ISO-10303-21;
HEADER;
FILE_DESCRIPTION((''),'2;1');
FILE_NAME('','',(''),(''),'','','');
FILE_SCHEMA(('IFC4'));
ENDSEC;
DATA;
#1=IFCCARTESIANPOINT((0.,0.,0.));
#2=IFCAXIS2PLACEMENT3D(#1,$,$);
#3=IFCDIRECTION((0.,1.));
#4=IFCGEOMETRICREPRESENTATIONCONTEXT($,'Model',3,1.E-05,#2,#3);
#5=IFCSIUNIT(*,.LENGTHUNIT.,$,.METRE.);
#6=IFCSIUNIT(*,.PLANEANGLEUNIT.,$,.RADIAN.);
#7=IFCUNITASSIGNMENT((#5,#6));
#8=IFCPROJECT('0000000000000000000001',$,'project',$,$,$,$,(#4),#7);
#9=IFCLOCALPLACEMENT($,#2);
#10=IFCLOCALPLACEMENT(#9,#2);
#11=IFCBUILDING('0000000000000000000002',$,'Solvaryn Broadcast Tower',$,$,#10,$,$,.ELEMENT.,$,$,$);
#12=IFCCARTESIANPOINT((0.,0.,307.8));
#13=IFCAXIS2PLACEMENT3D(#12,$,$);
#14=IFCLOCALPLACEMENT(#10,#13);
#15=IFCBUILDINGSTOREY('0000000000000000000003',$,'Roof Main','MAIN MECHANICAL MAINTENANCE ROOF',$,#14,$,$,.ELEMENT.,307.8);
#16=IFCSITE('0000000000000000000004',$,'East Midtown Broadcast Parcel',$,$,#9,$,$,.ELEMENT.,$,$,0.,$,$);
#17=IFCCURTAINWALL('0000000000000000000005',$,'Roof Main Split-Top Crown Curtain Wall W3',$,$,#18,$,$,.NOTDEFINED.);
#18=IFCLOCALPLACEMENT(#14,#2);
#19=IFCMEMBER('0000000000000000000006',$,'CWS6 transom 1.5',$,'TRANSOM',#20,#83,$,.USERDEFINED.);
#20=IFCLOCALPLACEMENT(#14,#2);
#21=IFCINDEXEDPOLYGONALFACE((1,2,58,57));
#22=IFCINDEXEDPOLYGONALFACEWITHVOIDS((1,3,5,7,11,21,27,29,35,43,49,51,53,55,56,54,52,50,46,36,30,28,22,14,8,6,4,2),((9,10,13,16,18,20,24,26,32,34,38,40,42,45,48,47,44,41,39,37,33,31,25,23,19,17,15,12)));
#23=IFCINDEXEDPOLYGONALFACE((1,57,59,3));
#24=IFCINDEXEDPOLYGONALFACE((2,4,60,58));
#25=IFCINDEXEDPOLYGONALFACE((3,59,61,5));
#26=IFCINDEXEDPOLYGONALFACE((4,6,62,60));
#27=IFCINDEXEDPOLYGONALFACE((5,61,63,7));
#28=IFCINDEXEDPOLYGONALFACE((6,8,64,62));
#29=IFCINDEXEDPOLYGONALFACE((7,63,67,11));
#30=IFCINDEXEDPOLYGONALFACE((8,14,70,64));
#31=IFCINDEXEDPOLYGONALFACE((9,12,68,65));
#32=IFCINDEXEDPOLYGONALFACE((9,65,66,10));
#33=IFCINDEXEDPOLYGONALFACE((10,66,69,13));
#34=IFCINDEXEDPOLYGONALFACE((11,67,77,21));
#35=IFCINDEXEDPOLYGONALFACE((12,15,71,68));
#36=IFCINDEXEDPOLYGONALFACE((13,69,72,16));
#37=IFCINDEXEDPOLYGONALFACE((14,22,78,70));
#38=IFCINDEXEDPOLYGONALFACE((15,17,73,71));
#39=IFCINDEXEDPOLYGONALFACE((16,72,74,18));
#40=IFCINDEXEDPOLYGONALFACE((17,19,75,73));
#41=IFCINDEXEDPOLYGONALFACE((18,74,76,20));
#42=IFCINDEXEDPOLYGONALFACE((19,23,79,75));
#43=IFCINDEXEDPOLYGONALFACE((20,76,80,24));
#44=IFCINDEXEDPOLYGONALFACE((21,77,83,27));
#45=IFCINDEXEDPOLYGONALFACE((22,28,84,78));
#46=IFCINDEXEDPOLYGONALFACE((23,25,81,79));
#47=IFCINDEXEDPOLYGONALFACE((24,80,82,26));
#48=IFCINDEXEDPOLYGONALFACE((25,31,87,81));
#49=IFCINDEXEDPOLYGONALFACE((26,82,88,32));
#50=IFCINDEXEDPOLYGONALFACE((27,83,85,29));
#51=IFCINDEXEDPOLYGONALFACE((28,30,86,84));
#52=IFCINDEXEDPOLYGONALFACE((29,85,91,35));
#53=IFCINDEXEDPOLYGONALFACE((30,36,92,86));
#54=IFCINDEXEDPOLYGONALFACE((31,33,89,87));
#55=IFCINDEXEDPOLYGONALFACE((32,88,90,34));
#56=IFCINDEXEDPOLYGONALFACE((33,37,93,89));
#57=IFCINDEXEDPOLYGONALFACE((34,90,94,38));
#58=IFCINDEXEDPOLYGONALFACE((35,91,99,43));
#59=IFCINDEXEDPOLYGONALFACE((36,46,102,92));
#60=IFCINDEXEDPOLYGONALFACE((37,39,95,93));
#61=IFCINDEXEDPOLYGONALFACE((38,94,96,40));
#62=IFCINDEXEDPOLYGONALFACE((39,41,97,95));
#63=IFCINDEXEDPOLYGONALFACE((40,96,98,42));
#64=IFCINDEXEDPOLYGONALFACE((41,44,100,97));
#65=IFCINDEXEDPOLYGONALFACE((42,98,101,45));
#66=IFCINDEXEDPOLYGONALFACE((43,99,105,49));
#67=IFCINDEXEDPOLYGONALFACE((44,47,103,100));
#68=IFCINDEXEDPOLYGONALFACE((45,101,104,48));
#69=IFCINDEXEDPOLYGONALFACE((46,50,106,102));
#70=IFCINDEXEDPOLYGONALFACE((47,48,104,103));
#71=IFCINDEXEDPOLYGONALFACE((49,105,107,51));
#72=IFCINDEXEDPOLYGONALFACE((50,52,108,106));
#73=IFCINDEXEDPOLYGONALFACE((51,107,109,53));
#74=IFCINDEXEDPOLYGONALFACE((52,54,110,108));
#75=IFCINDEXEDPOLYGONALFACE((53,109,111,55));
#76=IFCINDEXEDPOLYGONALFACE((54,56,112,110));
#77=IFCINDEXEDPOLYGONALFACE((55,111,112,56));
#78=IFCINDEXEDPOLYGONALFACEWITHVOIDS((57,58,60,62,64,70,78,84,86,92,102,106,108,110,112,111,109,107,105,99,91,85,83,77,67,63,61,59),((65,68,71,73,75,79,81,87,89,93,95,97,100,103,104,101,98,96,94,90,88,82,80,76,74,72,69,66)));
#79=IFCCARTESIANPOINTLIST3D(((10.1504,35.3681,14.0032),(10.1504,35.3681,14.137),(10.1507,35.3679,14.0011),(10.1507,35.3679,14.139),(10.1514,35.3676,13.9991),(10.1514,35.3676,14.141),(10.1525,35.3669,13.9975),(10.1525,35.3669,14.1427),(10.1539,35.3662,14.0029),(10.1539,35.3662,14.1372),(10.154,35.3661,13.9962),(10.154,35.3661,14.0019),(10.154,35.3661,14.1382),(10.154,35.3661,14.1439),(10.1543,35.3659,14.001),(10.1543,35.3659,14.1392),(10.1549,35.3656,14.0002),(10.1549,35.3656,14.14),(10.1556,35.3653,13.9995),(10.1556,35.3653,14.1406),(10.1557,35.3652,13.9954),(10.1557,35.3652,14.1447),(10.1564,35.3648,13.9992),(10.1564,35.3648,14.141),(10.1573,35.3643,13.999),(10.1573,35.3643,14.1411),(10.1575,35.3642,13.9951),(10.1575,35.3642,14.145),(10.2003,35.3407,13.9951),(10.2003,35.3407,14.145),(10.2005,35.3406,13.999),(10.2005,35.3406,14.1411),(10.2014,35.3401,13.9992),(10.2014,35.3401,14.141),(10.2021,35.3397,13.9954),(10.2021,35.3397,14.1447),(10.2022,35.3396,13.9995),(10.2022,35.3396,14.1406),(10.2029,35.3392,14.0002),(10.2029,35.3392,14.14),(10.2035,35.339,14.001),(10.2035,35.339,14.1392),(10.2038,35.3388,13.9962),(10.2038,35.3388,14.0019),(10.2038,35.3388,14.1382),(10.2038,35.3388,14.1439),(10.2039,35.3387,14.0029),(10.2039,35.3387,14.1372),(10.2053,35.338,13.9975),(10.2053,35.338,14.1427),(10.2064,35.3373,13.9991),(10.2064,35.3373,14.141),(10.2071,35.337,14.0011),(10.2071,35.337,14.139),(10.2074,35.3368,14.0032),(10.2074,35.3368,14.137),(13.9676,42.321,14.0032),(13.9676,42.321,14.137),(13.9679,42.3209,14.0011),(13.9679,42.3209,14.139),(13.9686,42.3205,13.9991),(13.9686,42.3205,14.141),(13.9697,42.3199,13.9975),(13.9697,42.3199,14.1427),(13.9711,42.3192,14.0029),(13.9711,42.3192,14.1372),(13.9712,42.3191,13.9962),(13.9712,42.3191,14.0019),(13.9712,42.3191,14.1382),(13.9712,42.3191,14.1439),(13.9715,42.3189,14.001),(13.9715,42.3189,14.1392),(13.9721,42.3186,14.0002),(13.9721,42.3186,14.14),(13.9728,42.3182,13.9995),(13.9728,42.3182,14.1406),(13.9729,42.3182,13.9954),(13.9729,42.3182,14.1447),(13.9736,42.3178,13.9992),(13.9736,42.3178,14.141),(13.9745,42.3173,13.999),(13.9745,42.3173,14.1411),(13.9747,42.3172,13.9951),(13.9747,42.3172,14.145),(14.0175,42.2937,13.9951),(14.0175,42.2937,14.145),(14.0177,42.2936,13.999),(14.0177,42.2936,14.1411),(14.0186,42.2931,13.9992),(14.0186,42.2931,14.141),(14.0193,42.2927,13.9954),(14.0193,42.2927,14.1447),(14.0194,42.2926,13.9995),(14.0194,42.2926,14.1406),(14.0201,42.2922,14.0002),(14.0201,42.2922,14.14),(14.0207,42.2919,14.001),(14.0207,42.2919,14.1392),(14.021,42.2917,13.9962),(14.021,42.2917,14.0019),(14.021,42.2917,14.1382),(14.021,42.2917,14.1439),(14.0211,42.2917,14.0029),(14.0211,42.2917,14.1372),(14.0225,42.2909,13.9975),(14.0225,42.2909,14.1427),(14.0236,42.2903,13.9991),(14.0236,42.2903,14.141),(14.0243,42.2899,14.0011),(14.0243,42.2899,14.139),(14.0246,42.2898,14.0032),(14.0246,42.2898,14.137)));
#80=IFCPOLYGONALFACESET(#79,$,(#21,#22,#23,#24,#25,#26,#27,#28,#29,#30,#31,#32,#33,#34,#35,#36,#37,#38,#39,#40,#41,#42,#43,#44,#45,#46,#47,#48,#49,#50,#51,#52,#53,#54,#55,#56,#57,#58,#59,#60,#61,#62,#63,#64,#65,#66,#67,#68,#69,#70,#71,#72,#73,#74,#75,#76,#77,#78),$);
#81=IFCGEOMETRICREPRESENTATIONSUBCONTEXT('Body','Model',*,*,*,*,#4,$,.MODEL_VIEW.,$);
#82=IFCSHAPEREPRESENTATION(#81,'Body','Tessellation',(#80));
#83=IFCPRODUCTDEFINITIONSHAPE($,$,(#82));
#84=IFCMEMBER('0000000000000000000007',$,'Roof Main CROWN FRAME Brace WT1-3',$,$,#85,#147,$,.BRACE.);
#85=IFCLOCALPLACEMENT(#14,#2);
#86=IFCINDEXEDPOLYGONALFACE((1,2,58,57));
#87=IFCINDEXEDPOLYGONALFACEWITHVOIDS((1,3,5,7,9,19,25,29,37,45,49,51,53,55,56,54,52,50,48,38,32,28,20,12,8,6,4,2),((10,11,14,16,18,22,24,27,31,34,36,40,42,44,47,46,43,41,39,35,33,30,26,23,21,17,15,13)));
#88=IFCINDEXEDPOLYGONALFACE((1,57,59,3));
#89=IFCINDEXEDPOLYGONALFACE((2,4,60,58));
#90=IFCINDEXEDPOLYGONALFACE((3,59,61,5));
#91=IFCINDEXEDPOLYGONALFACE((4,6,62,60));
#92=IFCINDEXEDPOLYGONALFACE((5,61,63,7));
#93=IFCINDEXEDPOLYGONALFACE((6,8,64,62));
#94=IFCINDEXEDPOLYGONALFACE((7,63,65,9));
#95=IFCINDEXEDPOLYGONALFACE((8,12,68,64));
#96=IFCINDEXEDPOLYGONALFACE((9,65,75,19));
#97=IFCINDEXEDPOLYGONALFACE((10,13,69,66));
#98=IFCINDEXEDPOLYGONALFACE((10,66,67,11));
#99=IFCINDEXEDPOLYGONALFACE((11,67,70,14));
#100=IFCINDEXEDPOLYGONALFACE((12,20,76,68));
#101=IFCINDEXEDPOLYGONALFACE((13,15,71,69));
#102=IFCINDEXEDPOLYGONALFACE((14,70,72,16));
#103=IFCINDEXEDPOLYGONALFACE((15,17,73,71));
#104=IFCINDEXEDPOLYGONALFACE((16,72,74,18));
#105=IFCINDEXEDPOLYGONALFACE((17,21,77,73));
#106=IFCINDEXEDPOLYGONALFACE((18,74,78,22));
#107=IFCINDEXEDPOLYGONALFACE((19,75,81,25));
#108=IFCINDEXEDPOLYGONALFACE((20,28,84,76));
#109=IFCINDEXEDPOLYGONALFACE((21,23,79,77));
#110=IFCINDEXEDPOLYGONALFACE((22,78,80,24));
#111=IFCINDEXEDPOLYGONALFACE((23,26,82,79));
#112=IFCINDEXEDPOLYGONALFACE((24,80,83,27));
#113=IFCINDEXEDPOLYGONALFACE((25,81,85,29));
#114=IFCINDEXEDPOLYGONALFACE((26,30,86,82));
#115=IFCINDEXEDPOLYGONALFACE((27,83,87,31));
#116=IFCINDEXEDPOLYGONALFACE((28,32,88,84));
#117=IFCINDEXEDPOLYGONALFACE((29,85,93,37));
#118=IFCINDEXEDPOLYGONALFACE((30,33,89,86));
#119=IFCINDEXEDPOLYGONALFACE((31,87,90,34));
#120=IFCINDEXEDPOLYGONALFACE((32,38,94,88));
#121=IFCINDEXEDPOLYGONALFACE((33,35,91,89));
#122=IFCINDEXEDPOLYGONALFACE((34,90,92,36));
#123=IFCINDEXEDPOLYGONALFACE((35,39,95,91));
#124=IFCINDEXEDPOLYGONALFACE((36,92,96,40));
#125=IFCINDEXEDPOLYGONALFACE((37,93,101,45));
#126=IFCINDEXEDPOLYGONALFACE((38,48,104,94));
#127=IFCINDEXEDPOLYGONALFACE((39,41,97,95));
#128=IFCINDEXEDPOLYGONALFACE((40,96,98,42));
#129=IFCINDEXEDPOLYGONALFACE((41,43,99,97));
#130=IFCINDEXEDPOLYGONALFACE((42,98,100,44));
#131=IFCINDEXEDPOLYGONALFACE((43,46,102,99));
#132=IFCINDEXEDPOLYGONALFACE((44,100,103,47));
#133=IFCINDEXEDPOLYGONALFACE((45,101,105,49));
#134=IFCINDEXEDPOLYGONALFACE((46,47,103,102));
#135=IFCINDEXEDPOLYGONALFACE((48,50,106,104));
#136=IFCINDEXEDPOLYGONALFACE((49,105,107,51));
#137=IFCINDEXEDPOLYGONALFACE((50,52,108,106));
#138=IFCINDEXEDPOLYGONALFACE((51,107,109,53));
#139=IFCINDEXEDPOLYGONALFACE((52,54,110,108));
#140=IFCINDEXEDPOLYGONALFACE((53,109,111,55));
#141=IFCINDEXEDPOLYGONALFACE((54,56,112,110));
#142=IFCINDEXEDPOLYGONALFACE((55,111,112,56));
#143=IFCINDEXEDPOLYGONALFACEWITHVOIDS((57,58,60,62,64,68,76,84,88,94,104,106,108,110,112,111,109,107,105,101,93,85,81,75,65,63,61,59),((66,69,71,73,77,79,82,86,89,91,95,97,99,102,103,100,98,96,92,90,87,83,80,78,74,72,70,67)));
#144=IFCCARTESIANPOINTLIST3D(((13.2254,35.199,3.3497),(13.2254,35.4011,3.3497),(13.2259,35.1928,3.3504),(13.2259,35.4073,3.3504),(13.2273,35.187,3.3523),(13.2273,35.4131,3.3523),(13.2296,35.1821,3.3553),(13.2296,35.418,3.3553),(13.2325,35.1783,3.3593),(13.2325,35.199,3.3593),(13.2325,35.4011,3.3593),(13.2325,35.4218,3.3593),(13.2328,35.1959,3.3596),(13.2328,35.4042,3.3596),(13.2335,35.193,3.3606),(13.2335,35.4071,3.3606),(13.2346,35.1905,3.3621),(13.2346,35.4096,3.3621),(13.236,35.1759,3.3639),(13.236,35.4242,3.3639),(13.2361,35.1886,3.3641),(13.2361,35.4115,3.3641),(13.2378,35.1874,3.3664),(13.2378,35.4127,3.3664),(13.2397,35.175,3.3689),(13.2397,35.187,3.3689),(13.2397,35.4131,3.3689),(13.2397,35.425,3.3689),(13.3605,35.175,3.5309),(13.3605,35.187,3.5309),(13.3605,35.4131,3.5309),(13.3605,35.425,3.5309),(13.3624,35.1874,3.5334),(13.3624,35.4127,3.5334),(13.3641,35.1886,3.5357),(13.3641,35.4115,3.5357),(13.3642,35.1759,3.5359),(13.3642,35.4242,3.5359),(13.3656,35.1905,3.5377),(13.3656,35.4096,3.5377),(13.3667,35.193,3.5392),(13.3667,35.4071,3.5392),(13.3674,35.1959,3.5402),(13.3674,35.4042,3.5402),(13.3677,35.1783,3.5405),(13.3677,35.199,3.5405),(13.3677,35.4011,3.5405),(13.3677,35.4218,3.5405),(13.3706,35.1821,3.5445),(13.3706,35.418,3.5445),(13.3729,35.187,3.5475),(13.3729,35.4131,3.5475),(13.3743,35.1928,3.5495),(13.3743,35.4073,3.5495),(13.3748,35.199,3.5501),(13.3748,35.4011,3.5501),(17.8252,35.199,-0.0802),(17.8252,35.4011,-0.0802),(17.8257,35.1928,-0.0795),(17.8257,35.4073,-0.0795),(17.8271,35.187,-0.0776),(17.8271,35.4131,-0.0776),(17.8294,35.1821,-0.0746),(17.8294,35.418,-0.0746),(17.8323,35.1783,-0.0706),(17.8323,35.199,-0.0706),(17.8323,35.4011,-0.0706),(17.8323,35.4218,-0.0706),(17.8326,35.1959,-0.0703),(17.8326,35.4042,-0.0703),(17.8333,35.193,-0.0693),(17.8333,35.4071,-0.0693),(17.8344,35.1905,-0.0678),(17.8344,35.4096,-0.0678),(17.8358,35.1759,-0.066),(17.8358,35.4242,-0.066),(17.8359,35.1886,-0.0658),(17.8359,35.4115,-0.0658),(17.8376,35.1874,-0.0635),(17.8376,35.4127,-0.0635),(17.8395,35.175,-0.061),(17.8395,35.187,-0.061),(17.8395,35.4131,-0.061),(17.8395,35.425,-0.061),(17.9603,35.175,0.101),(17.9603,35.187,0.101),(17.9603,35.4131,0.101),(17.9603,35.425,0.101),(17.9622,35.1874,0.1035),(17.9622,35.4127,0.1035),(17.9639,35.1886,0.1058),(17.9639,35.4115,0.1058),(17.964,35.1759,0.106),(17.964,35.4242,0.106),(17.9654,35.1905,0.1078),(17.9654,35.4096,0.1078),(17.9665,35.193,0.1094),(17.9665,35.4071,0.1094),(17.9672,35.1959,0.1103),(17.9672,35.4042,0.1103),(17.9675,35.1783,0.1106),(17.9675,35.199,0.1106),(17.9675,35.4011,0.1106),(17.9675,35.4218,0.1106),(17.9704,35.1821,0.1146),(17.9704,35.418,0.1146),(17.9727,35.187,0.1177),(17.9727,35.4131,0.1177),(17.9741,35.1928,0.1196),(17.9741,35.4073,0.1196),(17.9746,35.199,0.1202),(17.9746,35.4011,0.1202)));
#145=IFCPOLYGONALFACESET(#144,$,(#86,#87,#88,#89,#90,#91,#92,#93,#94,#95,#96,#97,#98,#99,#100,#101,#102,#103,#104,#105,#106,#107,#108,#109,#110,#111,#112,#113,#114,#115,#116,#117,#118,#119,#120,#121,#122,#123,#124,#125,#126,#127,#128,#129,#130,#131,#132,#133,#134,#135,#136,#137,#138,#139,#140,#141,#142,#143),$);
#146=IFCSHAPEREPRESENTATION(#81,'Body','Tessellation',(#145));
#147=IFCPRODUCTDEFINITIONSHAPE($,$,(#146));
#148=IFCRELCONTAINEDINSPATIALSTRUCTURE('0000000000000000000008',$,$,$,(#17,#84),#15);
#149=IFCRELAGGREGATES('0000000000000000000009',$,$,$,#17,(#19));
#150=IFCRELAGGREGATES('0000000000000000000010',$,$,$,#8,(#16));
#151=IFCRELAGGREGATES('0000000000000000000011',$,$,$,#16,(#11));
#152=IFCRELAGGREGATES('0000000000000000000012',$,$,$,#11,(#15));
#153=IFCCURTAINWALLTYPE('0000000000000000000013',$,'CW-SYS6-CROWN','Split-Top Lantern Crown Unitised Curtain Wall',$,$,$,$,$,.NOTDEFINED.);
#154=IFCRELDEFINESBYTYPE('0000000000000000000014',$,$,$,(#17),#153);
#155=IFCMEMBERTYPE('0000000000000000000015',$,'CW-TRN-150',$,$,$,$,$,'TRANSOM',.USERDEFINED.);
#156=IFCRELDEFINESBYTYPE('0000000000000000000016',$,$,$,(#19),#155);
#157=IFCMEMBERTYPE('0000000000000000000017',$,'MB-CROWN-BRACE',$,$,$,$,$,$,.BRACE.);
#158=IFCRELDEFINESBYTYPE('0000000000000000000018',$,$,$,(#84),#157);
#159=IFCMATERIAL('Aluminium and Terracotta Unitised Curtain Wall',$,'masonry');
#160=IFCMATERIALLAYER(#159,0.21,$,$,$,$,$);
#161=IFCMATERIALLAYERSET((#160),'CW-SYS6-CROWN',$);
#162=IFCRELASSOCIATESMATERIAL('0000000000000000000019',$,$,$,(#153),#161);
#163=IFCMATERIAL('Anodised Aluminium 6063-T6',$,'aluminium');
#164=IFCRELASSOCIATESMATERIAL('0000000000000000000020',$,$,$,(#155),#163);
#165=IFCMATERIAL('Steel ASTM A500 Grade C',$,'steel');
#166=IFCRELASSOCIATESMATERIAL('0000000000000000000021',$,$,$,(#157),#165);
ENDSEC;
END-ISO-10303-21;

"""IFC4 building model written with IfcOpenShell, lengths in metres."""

from ifc_helpers import new_model, si_unit, direction, frame, origin, origin_2d, place, context, subcontext, project, spatial, hollow_rectangle, extrude, material, layer, layer_set, material_profile, profile_set, type_object, element, aggregate, save


model = new_model("IFC4")

# Units and contexts
model_context = context("Model", 3, precision=1e-05, world=origin(), true_north=direction((0.0, 1.0)))
body_context = subcontext(model_context, "Body", "Model", "MODEL_VIEW")
ifc_project = project(units=[si_unit("LENGTHUNIT", "METRE"), si_unit("PLANEANGLEUNIT", "RADIAN")], contexts=[model_context])

# Site, building, storey
site_placement = place(None, origin())
site = spatial("IfcSite", under=ifc_project, at=site_placement, Name="East Midtown Broadcast Parcel", CompositionType="ELEMENT", RefElevation=0.0)
building_placement = place(site_placement, origin())
building = spatial("IfcBuilding", under=site, at=building_placement, Name="Solvaryn Broadcast Tower", CompositionType="ELEMENT")
storey_placement = place(building_placement, frame((0.0, 0.0, 307.8)))
storey = spatial("IfcBuildingStorey", under=building, at=storey_placement, Name="Roof Main", Description="MAIN MECHANICAL MAINTENANCE ROOF", CompositionType="ELEMENT", Elevation=307.8)

# Shared definitions
ifc_material_1 = material(Name="Aluminium and Terracotta Unitised Curtain Wall", Category="masonry")
ifc_layer_1 = layer(ifc_material_1, 0.21)
ifc_layer_set_1 = layer_set([ifc_layer_1], Name="CW-SYS6-CROWN")
curtain_wall_type = type_object("IfcCurtainWallType", Name="CW-SYS6-CROWN", Description="Split-Top Lantern Crown Unitised Curtain Wall", PredefinedType="NOTDEFINED", material=ifc_layer_set_1)

# Curtain wall, member
curtain_wall_1_placement = place(storey_placement, origin())
curtain_wall_1 = element("IfcCurtainWall", 1, at=curtain_wall_1_placement, inside=storey, type_object=curtain_wall_type, Name="Roof Main Split-Top Crown Curtain Wall W3", PredefinedType="NOTDEFINED")
ifc_material_2 = material(Name="Anodised Aluminium 6063-T6", Category="aluminium")
ifc_material_profile_1 = material_profile(ifc_material_2, hollow_rectangle(XDim=0.0649, YDim=0.1499, WallThickness=0.0039, InnerFilletRadius=0.0039, OuterFilletRadius=0.0081, at=origin_2d()))
ifc_profile_set_1 = profile_set([ifc_material_profile_1], Name="Anodised Aluminium 6063-T6")
member_type_1 = type_object("IfcMemberType", Name="CW-TRN-150", ElementType="TRANSOM", PredefinedType="USERDEFINED", material=ifc_profile_set_1)
member_1_placement = place(storey_placement, frame((13.9961, 42.3054, 14.0701), z_axis=(-0.481246, -0.876585, 0.0), x_axis=(0.876585, -0.481246, 0.0)))
member_1 = element("IfcMember", 2, at=member_1_placement, type_object=member_type_1, Name="CWS6 transom 1.5", ObjectType="TRANSOM", PredefinedType="USERDEFINED", context=body_context, shape_type="SweptSolid", body=[
    extrude(hollow_rectangle(XDim=0.0649, YDim=0.1499, WallThickness=0.0039, InnerFilletRadius=0.0039, OuterFilletRadius=0.0081, at=origin_2d()), origin(), (0.0, 0.0, 1.0), 7.9319),
])

# Member
ifc_material_3 = material(Name="Steel ASTM A500 Grade C", Category="steel")
ifc_material_profile_2 = material_profile(ifc_material_3, hollow_rectangle(XDim=0.25, YDim=0.25, WallThickness=0.012, InnerFilletRadius=0.012, OuterFilletRadius=0.0239, at=origin_2d()))
ifc_profile_set_2 = profile_set([ifc_material_profile_2], Name="Steel ASTM A500 Grade C")
member_type_2 = type_object("IfcMemberType", Name="MB-CROWN-BRACE", PredefinedType="BRACE", material=ifc_profile_set_2)
member_2_placement = place(storey_placement, frame((17.8999, 35.3, 0.02), z_axis=(-0.801667, 0.0, 0.597772), x_axis=(0.0, -1.0, 0.0)))
element("IfcMember", 3, at=member_2_placement, inside=storey, type_object=member_type_2, Name="Roof Main CROWN FRAME Brace WT1-3", PredefinedType="BRACE", context=body_context, shape_type="SweptSolid", body=[
    extrude(hollow_rectangle(XDim=0.25, YDim=0.25, WallThickness=0.012, InnerFilletRadius=0.012, OuterFilletRadius=0.0239, at=origin_2d()), origin(), (0.0, 0.0, 1.0), 5.7378),
])

aggregate(curtain_wall_1, [member_1])

save(model, "model.ifc")
